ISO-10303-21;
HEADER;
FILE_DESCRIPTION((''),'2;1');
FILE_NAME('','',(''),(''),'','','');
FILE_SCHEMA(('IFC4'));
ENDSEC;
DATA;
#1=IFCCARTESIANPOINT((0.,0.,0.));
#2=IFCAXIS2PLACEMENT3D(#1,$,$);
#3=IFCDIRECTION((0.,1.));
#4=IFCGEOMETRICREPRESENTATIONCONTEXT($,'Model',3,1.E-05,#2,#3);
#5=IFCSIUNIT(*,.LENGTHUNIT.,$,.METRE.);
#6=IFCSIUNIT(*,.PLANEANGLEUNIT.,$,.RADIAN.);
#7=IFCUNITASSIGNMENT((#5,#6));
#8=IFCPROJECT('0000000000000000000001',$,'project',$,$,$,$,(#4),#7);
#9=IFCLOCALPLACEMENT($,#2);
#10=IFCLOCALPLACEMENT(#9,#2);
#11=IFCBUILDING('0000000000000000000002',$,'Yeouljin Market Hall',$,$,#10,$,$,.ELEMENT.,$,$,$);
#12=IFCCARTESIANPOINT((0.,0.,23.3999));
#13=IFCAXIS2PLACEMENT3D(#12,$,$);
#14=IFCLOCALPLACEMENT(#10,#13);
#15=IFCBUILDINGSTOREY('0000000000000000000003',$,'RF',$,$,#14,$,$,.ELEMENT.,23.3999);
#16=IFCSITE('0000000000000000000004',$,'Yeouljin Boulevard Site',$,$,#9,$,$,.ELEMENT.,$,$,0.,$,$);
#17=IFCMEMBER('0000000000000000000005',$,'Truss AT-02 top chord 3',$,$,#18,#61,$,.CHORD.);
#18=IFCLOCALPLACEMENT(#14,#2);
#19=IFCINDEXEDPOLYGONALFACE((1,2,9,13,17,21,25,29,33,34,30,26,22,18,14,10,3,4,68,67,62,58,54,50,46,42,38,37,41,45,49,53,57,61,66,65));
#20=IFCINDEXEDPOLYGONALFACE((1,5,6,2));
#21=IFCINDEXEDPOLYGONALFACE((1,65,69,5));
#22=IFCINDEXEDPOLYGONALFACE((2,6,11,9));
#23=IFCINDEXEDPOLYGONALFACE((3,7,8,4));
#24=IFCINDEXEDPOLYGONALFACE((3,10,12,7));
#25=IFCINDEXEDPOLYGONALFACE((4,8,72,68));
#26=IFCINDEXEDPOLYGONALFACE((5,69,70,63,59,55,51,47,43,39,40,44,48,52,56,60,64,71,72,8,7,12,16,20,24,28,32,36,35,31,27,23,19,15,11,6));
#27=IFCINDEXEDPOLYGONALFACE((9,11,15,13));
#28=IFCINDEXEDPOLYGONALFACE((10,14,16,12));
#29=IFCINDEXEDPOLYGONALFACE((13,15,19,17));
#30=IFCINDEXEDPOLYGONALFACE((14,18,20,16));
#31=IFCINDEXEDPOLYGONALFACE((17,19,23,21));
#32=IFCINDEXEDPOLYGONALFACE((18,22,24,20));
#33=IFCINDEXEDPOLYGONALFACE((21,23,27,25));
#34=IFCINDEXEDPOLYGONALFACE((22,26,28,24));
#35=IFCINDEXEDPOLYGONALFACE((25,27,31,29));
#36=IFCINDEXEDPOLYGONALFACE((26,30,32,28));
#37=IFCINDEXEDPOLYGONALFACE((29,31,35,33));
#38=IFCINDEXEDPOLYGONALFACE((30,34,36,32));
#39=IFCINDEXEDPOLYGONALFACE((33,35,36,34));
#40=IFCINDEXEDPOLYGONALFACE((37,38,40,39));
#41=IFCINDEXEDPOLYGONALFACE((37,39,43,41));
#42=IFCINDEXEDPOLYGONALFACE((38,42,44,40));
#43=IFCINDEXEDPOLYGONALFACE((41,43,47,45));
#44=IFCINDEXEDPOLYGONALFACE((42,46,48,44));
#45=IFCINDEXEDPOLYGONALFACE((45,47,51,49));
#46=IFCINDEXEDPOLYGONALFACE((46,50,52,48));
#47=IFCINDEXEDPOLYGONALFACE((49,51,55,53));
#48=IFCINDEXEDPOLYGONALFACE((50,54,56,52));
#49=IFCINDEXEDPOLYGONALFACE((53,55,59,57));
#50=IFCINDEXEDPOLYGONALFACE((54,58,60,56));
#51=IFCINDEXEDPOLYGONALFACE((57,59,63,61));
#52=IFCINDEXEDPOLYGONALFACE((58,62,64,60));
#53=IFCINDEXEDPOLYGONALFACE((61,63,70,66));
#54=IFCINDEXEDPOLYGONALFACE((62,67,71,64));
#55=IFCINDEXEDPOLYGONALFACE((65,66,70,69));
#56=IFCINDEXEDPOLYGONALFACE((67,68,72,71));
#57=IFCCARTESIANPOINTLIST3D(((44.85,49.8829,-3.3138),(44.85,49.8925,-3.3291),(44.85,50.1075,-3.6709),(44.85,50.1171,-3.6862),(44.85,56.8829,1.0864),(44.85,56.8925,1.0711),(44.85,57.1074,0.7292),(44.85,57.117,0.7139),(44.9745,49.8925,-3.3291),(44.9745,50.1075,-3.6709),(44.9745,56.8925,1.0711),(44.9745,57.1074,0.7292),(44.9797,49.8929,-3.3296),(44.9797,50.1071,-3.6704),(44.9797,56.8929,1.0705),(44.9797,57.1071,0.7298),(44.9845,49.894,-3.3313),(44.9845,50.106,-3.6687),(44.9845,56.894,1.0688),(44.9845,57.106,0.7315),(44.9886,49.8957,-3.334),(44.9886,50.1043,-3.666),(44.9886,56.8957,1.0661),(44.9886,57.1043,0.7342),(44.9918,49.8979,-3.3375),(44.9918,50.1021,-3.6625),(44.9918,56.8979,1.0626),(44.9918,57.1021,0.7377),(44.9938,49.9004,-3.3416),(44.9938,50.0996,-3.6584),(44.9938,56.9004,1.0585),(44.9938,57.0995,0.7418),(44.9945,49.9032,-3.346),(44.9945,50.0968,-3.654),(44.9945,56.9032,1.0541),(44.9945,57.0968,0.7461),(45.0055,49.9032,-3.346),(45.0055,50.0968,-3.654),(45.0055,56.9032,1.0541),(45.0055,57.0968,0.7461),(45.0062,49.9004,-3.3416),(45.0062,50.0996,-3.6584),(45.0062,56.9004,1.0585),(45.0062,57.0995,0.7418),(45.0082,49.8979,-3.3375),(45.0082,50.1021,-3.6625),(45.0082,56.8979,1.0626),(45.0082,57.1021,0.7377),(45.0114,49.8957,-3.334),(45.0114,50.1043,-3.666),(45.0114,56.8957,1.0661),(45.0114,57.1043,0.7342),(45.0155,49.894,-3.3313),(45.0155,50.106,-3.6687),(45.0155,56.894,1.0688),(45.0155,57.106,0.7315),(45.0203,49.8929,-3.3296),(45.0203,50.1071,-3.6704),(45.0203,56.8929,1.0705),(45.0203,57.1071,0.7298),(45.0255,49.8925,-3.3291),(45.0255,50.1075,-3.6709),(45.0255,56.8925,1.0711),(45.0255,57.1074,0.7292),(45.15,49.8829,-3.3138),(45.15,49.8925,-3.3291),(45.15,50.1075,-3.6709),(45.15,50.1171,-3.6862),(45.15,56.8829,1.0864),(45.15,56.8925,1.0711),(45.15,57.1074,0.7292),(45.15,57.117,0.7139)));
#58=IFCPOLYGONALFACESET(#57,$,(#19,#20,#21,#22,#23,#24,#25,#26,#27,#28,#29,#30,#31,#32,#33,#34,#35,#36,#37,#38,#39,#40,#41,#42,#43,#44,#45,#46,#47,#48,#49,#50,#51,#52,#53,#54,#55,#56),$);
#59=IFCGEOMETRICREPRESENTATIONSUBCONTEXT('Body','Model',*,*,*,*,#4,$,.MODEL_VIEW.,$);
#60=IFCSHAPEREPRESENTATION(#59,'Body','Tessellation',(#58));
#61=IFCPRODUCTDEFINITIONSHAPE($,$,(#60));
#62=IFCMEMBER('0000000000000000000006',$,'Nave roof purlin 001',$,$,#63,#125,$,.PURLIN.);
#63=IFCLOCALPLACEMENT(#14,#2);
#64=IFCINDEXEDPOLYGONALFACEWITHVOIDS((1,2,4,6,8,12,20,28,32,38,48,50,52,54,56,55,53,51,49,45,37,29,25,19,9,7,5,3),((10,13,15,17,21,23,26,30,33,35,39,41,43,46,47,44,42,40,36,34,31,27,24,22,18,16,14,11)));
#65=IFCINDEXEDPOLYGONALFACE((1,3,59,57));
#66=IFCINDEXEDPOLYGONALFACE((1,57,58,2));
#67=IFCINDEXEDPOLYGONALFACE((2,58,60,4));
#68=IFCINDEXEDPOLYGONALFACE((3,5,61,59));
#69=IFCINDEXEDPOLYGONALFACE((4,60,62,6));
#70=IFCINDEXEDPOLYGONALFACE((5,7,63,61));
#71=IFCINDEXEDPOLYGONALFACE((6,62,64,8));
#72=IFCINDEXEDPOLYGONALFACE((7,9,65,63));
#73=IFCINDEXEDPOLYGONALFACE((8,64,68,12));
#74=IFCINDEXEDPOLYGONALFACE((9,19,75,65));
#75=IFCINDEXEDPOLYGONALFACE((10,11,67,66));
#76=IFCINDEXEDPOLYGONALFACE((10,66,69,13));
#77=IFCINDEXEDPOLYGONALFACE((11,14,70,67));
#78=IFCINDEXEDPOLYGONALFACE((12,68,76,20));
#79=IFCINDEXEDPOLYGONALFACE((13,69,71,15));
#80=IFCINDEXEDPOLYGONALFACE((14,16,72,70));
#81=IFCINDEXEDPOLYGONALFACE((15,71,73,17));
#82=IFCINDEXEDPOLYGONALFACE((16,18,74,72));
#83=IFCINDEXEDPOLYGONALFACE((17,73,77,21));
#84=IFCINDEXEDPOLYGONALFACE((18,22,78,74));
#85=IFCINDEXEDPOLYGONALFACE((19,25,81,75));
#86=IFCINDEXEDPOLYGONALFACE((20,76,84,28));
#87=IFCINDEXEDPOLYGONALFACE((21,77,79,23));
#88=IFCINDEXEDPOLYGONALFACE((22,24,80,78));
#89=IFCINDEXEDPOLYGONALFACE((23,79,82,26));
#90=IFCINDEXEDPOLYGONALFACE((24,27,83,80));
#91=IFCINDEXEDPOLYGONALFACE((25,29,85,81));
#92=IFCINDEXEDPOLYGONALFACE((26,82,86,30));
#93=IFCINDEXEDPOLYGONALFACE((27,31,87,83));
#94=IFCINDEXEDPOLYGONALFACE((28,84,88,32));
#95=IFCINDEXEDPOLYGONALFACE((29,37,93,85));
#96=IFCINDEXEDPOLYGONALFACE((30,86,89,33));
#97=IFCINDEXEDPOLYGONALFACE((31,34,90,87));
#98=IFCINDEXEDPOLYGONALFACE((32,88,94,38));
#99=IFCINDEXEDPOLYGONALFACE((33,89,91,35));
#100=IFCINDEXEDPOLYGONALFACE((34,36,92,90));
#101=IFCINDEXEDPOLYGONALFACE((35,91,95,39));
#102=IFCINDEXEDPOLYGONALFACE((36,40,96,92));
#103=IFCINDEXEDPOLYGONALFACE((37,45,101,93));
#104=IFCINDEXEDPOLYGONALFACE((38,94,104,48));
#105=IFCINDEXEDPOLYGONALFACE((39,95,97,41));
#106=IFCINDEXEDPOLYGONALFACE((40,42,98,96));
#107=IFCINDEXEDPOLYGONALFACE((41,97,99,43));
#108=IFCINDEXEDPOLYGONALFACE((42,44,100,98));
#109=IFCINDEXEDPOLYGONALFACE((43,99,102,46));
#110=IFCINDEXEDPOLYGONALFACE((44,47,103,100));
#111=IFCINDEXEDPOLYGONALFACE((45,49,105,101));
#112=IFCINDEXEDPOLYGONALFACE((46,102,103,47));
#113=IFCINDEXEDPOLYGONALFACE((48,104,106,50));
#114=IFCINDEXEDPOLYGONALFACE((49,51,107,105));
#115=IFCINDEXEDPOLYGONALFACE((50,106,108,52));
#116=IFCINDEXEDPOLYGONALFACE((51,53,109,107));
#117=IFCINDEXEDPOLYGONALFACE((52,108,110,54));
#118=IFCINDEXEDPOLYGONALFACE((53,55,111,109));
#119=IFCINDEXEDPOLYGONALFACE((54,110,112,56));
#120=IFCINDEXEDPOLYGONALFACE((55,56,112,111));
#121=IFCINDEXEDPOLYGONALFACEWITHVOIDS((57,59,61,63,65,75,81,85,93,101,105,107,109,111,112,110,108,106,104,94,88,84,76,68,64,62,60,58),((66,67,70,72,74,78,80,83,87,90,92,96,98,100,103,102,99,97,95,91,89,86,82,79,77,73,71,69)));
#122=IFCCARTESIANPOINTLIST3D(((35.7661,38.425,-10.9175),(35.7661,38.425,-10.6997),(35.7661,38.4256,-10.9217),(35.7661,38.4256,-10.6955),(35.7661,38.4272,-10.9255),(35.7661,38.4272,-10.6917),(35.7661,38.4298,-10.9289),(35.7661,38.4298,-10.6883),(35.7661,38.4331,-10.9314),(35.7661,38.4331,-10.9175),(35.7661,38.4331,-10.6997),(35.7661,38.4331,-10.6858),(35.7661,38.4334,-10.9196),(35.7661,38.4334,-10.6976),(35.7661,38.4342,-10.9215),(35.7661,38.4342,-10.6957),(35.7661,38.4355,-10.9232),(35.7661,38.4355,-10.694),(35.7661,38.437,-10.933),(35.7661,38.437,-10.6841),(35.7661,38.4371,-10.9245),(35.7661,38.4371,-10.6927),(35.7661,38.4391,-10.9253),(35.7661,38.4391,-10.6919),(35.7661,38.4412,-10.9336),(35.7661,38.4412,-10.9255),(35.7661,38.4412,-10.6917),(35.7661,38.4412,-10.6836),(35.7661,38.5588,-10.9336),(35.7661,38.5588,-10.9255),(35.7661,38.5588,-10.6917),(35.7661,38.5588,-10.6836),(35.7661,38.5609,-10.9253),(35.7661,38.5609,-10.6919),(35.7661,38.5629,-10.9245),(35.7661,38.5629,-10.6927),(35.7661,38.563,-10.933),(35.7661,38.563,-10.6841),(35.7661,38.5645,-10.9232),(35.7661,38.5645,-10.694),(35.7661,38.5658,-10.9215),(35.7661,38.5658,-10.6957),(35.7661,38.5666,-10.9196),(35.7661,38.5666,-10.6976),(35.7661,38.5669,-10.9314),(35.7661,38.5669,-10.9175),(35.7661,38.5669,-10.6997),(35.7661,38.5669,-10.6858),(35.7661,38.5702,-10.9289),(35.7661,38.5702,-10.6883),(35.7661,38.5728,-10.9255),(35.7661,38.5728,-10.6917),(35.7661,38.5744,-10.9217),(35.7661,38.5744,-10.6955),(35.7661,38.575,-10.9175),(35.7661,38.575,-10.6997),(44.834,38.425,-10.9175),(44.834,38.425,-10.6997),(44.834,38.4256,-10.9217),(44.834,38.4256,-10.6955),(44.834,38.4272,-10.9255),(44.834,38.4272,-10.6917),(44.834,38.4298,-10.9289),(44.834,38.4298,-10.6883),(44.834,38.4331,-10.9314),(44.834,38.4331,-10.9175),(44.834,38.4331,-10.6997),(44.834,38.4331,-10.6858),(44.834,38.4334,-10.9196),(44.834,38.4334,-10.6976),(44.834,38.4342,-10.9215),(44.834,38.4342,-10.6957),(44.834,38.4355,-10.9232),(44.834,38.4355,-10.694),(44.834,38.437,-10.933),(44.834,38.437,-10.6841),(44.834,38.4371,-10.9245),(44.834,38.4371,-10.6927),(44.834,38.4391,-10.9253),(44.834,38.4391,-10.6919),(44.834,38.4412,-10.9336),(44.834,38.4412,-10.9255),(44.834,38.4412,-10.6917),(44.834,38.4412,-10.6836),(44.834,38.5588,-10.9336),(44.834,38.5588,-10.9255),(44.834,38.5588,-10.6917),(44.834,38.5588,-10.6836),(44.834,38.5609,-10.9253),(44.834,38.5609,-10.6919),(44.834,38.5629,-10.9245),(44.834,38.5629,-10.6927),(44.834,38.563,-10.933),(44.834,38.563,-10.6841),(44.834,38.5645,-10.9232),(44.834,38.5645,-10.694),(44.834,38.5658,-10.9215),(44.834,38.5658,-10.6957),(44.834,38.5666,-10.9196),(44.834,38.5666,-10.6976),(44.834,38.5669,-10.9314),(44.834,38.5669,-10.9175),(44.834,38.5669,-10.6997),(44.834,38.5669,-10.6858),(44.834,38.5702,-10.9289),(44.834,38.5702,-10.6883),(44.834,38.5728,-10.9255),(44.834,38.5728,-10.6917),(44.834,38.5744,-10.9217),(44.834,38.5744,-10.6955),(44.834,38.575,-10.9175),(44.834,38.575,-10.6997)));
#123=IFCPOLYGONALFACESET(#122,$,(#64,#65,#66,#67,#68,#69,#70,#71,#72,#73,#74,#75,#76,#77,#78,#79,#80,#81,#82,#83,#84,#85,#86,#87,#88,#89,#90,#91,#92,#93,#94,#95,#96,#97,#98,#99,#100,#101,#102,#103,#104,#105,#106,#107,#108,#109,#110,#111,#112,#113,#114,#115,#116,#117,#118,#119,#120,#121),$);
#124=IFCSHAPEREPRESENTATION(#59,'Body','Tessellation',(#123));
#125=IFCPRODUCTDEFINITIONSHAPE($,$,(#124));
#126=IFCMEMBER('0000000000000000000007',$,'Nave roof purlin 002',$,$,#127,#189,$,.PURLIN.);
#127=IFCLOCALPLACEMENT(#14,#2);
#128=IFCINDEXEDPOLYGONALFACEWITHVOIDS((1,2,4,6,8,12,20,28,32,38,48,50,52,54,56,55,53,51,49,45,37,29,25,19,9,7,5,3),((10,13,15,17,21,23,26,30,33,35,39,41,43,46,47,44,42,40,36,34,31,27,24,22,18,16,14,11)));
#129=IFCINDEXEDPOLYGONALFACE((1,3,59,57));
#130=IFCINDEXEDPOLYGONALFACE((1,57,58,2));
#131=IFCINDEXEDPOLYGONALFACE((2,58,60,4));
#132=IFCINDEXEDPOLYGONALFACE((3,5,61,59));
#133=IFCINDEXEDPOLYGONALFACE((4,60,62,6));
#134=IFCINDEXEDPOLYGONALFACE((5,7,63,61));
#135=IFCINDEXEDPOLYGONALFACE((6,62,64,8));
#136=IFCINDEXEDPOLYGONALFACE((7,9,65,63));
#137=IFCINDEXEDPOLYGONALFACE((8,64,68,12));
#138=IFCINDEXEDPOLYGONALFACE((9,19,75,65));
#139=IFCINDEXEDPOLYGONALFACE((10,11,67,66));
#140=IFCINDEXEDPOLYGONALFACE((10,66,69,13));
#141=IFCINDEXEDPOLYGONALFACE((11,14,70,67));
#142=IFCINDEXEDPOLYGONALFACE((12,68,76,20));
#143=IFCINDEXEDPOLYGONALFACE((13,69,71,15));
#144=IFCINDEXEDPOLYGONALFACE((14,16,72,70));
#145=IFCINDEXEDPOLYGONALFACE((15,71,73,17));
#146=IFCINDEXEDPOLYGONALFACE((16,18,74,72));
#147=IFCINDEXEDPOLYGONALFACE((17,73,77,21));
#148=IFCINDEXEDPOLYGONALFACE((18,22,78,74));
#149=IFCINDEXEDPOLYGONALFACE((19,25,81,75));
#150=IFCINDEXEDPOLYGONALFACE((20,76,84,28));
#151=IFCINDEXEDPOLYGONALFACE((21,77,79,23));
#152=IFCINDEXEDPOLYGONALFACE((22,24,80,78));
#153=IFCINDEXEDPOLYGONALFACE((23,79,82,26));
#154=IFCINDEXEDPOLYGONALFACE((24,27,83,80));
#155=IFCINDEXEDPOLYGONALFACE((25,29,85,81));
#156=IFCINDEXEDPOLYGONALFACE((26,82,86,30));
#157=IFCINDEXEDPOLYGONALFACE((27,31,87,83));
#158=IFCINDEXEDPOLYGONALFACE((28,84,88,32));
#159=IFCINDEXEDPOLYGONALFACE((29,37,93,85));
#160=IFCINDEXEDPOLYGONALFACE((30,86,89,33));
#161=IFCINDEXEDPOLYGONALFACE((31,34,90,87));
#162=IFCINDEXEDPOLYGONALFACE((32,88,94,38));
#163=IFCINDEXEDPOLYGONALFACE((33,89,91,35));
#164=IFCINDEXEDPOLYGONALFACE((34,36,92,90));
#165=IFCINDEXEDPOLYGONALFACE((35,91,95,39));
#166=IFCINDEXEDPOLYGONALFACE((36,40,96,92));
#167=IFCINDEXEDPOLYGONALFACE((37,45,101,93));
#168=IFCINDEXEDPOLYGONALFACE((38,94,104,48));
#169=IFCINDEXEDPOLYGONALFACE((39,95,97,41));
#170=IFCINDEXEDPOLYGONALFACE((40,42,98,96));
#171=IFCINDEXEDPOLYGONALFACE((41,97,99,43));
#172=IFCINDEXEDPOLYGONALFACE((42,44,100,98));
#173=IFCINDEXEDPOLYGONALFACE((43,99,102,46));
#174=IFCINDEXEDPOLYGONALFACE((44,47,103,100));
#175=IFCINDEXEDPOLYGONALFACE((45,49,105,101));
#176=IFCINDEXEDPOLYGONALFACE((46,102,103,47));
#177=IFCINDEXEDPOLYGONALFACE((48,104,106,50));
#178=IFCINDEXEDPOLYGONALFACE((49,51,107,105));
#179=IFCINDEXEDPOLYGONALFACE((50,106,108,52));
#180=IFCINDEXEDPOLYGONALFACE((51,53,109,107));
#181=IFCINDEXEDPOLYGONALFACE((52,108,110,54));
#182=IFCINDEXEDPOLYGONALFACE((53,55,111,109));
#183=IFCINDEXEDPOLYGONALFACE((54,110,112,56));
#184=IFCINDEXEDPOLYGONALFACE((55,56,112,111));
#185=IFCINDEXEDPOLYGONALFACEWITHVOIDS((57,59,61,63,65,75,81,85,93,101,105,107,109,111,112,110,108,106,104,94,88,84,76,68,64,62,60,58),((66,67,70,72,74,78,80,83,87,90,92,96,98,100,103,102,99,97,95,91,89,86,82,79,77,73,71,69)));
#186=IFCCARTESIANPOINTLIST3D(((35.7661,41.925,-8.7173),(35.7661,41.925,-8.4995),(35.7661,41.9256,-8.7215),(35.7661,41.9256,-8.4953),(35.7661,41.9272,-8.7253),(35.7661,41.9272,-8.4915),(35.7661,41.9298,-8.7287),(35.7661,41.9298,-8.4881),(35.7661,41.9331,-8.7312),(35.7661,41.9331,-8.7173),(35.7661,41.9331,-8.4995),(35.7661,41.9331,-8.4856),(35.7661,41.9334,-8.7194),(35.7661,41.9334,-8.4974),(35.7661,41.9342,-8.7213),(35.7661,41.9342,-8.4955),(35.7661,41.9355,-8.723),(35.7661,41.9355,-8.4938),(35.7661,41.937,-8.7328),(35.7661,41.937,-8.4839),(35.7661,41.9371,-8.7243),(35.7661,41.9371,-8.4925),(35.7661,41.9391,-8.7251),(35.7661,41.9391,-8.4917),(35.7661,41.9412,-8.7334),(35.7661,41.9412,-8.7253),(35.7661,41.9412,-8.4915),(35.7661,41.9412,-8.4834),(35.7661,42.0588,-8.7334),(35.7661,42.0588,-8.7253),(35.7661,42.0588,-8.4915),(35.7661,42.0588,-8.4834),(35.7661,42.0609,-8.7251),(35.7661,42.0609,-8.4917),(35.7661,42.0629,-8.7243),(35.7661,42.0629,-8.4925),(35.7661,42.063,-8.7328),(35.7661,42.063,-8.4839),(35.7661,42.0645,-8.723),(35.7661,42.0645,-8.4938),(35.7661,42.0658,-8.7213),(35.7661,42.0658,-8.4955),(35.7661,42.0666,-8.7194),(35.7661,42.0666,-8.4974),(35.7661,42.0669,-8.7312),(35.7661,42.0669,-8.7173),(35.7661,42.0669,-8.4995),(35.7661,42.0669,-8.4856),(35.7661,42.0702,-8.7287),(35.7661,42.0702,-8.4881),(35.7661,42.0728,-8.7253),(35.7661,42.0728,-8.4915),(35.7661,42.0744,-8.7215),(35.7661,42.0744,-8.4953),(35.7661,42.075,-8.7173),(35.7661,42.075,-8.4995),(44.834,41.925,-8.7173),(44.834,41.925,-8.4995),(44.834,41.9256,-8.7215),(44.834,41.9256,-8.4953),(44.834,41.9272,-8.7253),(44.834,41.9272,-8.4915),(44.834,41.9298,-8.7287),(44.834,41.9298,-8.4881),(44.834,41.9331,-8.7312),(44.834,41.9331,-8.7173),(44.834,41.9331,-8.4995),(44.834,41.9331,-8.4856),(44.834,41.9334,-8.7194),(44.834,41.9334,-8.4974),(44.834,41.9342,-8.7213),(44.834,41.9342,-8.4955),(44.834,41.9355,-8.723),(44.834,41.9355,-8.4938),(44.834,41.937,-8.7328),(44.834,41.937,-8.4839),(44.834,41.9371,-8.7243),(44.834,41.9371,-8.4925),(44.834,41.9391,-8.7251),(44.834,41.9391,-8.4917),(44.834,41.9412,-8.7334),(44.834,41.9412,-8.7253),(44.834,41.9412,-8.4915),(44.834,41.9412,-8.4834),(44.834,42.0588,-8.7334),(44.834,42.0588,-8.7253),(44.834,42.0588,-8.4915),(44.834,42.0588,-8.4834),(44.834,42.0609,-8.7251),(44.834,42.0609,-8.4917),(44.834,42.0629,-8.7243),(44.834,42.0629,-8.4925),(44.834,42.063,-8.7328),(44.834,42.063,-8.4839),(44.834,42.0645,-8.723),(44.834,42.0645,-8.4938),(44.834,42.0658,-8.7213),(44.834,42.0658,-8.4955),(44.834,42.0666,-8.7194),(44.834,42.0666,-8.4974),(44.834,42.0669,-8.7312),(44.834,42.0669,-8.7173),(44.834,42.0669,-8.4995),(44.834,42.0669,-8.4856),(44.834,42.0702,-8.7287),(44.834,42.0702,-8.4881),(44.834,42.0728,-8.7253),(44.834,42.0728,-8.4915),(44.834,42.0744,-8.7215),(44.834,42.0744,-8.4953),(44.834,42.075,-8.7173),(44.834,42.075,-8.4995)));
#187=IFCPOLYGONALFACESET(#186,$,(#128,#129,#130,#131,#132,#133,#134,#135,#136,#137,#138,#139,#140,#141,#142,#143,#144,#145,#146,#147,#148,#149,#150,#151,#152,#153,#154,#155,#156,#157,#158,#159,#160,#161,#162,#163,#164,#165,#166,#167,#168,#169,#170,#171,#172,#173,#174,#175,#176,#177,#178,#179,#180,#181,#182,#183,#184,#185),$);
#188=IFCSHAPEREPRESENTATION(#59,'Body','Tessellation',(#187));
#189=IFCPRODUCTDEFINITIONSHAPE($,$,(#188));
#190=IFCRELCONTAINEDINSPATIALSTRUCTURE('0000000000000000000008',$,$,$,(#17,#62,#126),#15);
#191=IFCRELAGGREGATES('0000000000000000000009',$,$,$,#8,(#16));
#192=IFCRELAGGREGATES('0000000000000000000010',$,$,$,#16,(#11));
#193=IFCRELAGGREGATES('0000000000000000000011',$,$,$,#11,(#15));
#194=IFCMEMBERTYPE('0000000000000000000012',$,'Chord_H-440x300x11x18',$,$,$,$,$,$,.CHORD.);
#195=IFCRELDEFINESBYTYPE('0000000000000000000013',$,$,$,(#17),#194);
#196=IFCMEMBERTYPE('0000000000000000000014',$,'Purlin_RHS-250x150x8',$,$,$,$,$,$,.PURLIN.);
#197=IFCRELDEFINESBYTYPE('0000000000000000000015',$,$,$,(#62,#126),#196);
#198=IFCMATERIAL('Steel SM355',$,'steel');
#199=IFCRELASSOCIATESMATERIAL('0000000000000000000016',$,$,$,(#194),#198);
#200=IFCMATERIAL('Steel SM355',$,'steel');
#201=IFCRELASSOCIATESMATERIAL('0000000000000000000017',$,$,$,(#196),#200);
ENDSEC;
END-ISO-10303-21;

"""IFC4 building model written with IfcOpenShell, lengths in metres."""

from ifc_helpers import new_model, si_unit, direction, frame, origin, origin_2d, place, context, subcontext, project, spatial, hollow_rectangle, i_section, extrude, material, material_profile, profile_set, type_object, element, save


model = new_model("IFC4")

# Units and contexts
model_context = context("Model", 3, precision=1e-05, world=origin(), true_north=direction((0.0, 1.0)))
body_context = subcontext(model_context, "Body", "Model", "MODEL_VIEW")
ifc_project = project(units=[si_unit("LENGTHUNIT", "METRE"), si_unit("PLANEANGLEUNIT", "RADIAN")], contexts=[model_context])

# Site, building, storey
site_placement = place(None, origin())
site = spatial("IfcSite", under=ifc_project, at=site_placement, Name="Yeouljin Boulevard Site", CompositionType="ELEMENT", RefElevation=0.0)
building_placement = place(site_placement, origin())
building = spatial("IfcBuilding", under=site, at=building_placement, Name="Yeouljin Market Hall", CompositionType="ELEMENT")
storey_placement = place(building_placement, frame((0.0, 0.0, 23.3999)))
storey = spatial("IfcBuildingStorey", under=building, at=storey_placement, Name="RF", CompositionType="ELEMENT", Elevation=23.3999)

# Members
ifc_material_1 = material(Name="Steel SM355", Category="steel")
ifc_material_profile_1 = material_profile(ifc_material_1, i_section(OverallWidth=0.3, OverallDepth=0.4399, WebThickness=0.011, FlangeThickness=0.0181, FilletRadius=0.02, at=origin_2d()), Name="H-440x300x11x18")
ifc_profile_set_1 = profile_set([ifc_material_profile_1], Name="Steel SM355")
member_type_1 = type_object("IfcMemberType", Name="Chord_H-440x300x11x18", PredefinedType="CHORD", material=ifc_profile_set_1)
for number, where, z_axis, x_axis, name in (
    (1, (45.0, 50.0, -3.5), (0.0, 0.846629, 0.532184), (-1.0, 0.0, 0.0), "Truss AT-02 top chord 3"),
):
    element("IfcMember", number, at=place(storey_placement, frame(where, z_axis=z_axis, x_axis=x_axis)), inside=storey, type_object=member_type_1, Name=name, PredefinedType="CHORD", context=body_context, shape_type="SweptSolid", body=[
        extrude(i_section(OverallWidth=0.3, OverallDepth=0.4399, WebThickness=0.011, FlangeThickness=0.0181, FilletRadius=0.02, at=origin_2d()), origin(), (0.0, 0.0, 1.0), 8.2681),
    ])
ifc_material_2 = material(Name="Steel SM355", Category="steel")
ifc_material_profile_2 = material_profile(ifc_material_2, hollow_rectangle(XDim=0.1499, YDim=0.25, WallThickness=0.0081, InnerFilletRadius=0.0081, OuterFilletRadius=0.0161, at=origin_2d()), Name="RHS-250x150x8")
ifc_profile_set_2 = profile_set([ifc_material_profile_2], Name="Steel SM355")
member_type_2 = type_object("IfcMemberType", Name="Purlin_RHS-250x150x8", PredefinedType="PURLIN", material=ifc_profile_set_2)
for number, where, z_axis, x_axis, name in (
    (2, (35.7661, 38.5, -10.8086), (1.0, 0.0, 0.0), (0.0, 1.0, 0.0), "Nave roof purlin 001"),
    (3, (35.7661, 42.0, -8.6084), (1.0, 0.0, 0.0), (0.0, 1.0, 0.0), "Nave roof purlin 002"),
):
    element("IfcMember", number, at=place(storey_placement, frame(where, z_axis=z_axis, x_axis=x_axis)), inside=storey, type_object=member_type_2, Name=name, PredefinedType="PURLIN", context=body_context, shape_type="SweptSolid", body=[
        extrude(hollow_rectangle(XDim=0.1499, YDim=0.25, WallThickness=0.0081, InnerFilletRadius=0.0081, OuterFilletRadius=0.0161, at=origin_2d()), origin(), (0.0, 0.0, 1.0), 9.0679),
    ])

save(model, "model.ifc")
